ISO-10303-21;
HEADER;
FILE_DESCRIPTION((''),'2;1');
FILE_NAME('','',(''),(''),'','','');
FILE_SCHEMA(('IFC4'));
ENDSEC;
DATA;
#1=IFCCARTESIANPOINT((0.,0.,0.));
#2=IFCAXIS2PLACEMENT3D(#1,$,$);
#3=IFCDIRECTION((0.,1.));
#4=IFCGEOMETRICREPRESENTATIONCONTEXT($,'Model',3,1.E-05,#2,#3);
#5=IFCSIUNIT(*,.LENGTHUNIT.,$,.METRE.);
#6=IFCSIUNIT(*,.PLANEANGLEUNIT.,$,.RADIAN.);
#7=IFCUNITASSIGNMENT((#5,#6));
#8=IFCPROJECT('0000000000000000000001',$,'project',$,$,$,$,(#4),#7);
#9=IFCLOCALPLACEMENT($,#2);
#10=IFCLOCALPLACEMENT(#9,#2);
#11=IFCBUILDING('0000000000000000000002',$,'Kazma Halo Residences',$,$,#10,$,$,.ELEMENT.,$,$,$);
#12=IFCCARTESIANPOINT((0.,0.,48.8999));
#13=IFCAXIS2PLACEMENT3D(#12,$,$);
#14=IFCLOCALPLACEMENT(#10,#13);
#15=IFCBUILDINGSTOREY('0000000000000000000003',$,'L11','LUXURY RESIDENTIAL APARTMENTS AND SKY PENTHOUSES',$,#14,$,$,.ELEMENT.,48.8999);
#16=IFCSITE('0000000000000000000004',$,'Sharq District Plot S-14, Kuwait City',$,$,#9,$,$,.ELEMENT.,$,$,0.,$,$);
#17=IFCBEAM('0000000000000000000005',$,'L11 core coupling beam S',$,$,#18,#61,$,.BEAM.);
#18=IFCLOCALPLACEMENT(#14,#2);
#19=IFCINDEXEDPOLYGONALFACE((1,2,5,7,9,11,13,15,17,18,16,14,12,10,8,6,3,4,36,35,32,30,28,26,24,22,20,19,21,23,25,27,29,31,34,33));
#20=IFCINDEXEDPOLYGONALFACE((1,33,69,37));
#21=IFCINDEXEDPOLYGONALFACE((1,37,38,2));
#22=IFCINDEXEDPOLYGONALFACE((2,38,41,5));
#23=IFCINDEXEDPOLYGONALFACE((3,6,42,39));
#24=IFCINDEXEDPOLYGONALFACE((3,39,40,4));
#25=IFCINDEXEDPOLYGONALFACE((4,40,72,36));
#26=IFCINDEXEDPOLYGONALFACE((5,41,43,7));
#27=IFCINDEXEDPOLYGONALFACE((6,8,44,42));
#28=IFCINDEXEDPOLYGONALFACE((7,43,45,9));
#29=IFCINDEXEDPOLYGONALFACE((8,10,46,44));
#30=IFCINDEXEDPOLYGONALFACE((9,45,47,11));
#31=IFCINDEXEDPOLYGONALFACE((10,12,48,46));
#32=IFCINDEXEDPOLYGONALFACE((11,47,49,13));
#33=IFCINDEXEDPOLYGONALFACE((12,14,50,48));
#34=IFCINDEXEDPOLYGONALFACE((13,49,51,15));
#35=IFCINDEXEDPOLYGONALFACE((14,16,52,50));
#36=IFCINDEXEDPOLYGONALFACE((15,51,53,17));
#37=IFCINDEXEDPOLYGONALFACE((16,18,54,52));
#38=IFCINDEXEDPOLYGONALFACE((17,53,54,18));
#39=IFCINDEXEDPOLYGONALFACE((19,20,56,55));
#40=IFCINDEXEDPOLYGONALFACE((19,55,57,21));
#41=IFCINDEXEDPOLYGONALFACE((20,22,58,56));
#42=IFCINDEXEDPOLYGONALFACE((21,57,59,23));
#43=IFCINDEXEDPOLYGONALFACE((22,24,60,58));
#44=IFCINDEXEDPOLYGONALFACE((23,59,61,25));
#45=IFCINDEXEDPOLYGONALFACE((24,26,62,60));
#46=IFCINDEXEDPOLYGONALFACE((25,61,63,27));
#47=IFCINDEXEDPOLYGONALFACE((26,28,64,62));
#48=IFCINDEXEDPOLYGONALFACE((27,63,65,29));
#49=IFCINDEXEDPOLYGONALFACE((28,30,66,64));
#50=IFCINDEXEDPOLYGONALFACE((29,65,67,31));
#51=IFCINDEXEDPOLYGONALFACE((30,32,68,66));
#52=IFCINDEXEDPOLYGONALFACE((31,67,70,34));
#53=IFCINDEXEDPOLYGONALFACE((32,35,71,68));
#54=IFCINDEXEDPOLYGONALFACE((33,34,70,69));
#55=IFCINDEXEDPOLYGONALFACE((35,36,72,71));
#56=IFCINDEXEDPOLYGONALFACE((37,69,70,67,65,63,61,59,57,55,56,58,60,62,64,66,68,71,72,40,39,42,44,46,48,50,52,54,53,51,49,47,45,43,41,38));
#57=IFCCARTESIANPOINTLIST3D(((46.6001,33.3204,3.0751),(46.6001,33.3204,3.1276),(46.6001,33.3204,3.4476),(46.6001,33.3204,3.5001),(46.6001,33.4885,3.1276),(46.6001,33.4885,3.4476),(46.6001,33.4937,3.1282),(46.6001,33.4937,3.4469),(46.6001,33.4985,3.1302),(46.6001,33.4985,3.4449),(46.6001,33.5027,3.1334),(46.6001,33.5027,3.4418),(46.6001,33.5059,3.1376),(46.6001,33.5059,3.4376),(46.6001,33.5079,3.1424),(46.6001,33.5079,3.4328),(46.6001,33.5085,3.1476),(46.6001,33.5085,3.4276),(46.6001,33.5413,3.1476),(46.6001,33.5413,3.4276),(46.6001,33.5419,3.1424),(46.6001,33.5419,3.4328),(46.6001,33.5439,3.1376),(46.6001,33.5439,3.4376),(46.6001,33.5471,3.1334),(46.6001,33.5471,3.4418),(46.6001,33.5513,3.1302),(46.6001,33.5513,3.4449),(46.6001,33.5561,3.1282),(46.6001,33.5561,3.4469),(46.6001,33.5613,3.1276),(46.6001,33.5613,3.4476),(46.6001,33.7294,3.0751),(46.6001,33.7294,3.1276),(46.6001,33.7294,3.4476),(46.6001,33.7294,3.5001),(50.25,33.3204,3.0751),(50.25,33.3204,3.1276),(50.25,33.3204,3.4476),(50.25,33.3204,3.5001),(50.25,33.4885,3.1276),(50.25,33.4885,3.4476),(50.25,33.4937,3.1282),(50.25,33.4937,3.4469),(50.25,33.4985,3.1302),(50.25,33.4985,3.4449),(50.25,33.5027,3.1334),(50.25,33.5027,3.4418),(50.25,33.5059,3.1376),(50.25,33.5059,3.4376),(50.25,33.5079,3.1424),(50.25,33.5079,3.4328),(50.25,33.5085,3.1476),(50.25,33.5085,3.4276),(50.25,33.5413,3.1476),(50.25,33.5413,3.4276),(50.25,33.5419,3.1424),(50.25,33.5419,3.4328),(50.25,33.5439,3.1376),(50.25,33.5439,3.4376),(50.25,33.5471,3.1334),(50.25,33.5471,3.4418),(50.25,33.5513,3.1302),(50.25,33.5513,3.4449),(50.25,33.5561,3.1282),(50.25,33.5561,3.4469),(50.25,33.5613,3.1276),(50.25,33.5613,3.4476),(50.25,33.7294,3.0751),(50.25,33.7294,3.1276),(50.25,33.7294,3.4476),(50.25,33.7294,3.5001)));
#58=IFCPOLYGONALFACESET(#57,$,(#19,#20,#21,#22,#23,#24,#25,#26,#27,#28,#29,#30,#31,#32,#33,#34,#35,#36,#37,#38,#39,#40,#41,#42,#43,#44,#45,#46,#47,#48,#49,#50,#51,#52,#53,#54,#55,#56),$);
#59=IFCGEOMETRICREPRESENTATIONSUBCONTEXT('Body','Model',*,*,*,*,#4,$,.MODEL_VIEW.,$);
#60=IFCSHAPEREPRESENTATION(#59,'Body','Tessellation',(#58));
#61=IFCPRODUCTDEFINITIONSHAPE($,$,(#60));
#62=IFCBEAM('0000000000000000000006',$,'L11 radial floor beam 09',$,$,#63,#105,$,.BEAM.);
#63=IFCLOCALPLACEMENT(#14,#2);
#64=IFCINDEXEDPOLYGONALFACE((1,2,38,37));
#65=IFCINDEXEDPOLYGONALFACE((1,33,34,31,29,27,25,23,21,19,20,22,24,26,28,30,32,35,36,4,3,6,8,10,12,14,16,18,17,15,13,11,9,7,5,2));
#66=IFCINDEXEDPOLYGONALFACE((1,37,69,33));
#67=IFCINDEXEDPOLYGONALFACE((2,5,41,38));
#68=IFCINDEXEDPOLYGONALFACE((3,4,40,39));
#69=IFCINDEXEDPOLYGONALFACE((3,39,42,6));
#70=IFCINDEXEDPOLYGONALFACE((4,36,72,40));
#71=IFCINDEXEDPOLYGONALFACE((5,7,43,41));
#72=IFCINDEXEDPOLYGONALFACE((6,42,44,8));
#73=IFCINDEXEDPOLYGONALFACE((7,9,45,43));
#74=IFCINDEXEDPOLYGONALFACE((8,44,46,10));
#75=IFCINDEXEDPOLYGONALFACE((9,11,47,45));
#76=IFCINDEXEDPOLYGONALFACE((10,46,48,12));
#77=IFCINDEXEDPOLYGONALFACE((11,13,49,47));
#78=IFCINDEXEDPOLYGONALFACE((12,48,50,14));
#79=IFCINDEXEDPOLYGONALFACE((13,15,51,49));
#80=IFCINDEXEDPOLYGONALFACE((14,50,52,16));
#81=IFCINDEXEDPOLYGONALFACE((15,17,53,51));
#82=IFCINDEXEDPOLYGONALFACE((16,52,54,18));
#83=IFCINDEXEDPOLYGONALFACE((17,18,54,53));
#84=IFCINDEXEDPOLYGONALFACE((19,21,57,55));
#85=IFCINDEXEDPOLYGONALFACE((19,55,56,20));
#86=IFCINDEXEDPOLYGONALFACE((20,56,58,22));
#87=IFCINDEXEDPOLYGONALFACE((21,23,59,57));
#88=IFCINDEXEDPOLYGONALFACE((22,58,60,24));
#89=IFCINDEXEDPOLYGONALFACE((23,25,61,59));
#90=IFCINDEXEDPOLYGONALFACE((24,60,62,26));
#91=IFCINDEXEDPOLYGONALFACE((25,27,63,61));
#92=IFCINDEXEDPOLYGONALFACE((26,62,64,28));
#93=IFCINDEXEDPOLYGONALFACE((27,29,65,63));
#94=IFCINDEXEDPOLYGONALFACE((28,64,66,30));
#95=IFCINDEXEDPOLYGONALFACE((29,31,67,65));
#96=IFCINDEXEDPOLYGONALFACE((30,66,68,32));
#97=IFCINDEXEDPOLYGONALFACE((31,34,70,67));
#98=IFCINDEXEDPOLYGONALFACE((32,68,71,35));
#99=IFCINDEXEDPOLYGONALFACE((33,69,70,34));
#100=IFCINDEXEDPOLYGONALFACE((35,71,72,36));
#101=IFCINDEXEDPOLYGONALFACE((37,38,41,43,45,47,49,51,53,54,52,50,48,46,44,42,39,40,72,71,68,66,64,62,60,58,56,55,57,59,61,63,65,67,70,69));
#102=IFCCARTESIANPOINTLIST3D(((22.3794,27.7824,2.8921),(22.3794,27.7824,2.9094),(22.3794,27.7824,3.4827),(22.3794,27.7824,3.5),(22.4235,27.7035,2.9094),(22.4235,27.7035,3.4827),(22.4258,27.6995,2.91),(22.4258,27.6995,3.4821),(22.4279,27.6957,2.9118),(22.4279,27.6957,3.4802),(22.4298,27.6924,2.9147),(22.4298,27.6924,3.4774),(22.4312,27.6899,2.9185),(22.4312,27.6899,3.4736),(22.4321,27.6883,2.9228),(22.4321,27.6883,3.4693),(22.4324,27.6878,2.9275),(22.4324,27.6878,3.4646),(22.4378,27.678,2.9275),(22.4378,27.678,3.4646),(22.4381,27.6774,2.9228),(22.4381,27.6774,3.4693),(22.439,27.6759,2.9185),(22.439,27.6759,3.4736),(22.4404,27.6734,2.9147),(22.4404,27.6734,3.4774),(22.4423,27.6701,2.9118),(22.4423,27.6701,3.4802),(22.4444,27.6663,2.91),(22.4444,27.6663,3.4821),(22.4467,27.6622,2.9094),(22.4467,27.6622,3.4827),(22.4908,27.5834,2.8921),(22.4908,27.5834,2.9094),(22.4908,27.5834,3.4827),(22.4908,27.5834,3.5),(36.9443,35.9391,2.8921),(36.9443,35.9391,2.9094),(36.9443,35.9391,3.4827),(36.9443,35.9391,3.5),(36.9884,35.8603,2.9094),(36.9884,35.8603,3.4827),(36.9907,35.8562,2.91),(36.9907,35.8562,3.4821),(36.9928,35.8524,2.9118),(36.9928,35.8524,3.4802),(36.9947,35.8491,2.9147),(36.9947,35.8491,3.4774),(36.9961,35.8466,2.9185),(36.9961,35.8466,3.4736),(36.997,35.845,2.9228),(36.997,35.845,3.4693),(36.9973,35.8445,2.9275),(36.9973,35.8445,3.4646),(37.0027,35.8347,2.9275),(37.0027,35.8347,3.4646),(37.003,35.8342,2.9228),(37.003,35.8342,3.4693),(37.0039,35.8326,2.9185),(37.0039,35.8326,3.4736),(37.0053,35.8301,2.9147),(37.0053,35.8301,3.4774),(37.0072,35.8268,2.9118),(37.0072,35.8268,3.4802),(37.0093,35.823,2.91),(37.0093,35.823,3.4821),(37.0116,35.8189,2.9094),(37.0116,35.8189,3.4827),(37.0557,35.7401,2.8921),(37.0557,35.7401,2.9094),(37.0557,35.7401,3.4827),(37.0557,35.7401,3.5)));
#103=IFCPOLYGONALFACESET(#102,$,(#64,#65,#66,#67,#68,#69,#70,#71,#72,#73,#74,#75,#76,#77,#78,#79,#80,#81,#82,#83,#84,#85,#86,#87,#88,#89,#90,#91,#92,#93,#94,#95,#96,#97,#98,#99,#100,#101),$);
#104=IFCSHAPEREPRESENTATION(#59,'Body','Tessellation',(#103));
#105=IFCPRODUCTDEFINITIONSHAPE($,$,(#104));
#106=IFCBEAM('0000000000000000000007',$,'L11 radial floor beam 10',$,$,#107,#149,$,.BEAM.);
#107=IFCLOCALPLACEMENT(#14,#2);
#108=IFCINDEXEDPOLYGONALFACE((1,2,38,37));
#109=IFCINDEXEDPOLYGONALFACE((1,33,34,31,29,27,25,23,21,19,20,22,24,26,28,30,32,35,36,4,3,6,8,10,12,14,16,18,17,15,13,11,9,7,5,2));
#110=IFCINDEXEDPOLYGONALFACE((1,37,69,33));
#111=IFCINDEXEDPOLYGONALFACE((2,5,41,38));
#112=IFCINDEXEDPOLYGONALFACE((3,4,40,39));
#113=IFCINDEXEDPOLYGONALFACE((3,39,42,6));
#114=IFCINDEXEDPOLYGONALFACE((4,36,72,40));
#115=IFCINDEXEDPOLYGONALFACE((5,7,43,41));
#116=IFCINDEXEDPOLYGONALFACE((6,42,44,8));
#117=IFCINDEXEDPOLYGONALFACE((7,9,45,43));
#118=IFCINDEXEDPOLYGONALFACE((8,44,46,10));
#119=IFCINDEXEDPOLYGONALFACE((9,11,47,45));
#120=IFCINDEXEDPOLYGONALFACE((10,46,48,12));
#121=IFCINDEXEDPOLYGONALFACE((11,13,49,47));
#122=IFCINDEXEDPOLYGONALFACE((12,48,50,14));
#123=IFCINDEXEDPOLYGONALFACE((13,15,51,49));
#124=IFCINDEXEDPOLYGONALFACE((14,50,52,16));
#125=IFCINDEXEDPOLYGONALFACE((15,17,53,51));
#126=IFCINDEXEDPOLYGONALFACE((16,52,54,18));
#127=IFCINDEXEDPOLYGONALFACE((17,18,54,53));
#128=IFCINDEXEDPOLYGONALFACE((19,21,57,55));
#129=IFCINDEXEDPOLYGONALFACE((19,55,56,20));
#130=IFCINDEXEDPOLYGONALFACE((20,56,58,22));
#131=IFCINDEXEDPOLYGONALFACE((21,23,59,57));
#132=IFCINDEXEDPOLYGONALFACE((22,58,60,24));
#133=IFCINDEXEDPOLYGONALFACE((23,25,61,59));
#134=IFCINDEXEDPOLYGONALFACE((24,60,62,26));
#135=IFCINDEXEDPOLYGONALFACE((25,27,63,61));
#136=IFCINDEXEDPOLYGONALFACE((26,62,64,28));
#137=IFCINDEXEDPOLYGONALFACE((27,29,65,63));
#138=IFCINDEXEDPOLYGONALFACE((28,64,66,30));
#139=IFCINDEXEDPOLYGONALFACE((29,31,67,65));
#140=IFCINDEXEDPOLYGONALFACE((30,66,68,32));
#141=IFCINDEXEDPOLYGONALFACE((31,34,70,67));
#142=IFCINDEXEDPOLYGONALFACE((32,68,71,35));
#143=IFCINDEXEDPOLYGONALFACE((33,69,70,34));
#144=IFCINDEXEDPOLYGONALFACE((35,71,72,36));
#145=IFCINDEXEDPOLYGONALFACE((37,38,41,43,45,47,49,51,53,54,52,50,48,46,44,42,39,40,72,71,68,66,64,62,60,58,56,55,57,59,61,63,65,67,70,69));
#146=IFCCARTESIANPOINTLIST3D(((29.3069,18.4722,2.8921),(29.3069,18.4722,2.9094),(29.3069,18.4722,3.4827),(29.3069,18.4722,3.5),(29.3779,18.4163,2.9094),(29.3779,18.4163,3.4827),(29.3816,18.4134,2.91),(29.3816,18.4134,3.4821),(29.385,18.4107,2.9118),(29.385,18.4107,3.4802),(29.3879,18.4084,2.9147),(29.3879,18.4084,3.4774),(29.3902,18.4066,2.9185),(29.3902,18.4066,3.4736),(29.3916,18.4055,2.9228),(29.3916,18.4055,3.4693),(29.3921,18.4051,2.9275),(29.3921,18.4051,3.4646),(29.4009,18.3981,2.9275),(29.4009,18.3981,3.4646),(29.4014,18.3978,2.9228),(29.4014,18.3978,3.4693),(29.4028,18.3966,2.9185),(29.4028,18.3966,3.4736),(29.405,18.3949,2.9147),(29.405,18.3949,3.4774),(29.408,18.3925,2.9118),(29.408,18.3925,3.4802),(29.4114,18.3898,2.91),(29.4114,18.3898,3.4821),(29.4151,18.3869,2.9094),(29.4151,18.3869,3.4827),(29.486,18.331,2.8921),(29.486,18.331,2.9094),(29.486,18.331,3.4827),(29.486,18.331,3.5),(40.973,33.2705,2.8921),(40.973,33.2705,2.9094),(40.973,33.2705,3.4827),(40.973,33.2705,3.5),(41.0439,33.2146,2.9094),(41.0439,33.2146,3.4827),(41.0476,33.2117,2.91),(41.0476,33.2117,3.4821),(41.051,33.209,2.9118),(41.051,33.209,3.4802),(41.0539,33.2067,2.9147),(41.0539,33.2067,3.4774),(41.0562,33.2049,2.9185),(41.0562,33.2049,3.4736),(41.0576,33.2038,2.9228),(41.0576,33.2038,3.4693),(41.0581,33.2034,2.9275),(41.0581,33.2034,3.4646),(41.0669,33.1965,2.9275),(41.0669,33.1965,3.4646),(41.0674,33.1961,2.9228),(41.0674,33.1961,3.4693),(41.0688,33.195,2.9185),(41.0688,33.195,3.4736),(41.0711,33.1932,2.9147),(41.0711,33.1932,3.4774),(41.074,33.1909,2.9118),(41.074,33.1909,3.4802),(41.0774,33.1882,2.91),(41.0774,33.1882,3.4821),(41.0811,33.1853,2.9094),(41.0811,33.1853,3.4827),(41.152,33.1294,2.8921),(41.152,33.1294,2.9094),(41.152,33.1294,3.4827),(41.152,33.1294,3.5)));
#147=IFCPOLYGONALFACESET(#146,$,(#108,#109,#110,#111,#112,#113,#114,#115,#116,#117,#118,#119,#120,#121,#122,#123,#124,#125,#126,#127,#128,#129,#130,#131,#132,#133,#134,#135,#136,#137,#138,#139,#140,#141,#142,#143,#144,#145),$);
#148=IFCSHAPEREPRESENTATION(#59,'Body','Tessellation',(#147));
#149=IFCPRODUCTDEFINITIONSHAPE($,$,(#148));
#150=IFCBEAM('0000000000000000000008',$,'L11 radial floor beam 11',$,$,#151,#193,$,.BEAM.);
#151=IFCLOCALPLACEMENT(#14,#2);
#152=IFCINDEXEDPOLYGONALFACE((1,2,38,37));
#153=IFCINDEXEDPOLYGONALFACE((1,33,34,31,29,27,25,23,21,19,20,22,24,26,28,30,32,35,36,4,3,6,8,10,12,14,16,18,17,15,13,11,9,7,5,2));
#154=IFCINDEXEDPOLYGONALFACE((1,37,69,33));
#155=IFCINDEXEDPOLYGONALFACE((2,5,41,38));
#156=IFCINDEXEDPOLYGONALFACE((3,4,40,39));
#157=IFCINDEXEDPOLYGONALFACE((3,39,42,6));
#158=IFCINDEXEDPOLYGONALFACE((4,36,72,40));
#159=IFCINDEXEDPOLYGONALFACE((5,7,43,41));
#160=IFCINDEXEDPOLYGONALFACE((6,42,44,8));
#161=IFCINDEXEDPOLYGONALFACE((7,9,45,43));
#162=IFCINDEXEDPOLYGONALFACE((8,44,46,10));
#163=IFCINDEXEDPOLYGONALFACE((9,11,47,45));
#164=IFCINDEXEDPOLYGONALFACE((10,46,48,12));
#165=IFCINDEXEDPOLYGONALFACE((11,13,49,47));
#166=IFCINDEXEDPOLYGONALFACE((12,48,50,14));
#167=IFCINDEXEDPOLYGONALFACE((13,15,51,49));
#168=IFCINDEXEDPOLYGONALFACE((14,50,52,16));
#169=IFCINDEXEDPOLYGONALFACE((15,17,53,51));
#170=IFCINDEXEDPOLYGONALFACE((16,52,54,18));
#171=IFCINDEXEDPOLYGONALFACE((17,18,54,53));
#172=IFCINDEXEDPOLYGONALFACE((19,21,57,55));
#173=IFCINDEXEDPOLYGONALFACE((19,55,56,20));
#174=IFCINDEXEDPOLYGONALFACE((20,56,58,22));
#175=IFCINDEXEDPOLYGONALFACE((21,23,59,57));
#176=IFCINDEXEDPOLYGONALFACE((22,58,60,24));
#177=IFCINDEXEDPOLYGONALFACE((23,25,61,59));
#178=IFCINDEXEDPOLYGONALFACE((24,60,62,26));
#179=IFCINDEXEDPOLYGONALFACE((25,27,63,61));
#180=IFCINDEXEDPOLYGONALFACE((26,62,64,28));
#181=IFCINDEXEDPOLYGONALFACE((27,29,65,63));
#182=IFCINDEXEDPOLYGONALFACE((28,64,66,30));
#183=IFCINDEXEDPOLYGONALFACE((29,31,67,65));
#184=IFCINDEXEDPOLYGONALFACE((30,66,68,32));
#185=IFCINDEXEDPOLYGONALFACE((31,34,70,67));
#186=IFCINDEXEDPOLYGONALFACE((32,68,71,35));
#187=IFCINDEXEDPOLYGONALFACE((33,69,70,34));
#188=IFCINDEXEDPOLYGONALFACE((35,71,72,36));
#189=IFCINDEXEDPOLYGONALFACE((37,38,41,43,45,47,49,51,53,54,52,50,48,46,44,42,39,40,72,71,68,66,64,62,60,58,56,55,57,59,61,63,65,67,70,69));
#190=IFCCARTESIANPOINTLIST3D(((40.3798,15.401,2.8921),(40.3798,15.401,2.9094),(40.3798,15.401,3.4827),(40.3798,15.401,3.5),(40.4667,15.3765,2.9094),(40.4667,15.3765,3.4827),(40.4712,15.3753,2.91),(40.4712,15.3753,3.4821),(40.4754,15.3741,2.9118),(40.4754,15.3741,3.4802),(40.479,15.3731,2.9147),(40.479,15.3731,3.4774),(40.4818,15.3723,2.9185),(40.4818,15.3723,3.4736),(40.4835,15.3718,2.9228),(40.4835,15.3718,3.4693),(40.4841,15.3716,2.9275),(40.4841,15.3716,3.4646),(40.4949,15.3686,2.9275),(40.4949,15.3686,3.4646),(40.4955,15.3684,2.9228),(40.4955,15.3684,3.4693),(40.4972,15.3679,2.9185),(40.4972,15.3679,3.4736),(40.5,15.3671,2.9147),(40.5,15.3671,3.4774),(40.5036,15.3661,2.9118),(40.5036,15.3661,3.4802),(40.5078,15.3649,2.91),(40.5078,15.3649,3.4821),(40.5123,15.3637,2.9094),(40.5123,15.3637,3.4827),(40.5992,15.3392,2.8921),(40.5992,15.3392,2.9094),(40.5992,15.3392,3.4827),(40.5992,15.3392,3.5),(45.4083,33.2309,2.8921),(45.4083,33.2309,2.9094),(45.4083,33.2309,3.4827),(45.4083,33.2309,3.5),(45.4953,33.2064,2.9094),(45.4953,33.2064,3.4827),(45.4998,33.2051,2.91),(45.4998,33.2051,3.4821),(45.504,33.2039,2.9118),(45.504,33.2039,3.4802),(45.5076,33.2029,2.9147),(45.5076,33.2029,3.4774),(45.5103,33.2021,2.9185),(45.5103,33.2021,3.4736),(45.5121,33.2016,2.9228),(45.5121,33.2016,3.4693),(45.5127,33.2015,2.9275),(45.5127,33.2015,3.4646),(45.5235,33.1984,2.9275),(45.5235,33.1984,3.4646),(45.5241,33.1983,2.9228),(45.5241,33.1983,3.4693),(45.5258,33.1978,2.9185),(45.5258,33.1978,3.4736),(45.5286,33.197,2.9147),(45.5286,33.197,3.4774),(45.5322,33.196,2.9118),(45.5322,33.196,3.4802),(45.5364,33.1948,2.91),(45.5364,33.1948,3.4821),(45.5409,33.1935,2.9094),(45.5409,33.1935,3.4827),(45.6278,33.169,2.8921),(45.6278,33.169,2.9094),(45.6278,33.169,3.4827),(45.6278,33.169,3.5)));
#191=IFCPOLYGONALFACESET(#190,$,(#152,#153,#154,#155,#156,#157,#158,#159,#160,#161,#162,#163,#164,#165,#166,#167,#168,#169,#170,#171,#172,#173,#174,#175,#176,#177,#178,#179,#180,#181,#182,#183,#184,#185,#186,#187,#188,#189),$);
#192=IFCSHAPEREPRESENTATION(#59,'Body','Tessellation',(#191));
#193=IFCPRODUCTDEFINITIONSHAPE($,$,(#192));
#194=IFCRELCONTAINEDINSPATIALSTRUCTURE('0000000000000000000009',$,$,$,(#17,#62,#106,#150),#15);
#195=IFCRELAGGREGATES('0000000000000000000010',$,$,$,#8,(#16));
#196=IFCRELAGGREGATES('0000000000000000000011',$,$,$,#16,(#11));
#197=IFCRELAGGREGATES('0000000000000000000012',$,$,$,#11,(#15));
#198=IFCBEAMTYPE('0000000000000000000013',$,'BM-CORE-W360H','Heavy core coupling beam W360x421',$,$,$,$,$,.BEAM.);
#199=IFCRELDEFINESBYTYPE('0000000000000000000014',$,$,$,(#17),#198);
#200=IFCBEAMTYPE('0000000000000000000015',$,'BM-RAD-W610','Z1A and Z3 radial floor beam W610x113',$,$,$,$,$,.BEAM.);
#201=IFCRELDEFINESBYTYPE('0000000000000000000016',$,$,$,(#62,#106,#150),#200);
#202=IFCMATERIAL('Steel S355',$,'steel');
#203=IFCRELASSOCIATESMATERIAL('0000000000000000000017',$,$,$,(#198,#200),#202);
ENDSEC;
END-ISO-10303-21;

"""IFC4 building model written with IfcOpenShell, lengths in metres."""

from ifc_helpers import new_model, si_unit, direction, frame, origin, origin_2d, place, context, subcontext, project, spatial, i_section, extrude, material, material_profile, profile_set, type_object, element, save


model = new_model("IFC4")

# Units and contexts
model_context = context("Model", 3, precision=1e-05, world=origin(), true_north=direction((0.0, 1.0)))
body_context = subcontext(model_context, "Body", "Model", "MODEL_VIEW")
ifc_project = project(units=[si_unit("LENGTHUNIT", "METRE"), si_unit("PLANEANGLEUNIT", "RADIAN")], contexts=[model_context])

# Site, building, storey
site_placement = place(None, origin())
site = spatial("IfcSite", under=ifc_project, at=site_placement, Name="Sharq District Plot S-14, Kuwait City", CompositionType="ELEMENT", RefElevation=0.0)
building_placement = place(site_placement, origin())
building = spatial("IfcBuilding", under=site, at=building_placement, Name="Kazma Halo Residences", CompositionType="ELEMENT")
storey_placement = place(building_placement, frame((0.0, 0.0, 48.8999)))
storey = spatial("IfcBuildingStorey", under=building, at=storey_placement, Name="L11", Description="LUXURY RESIDENTIAL APARTMENTS AND SKY PENTHOUSES", CompositionType="ELEMENT", Elevation=48.8999)

# Beams
ifc_material_1 = material(Name="Steel S355", Category="steel")
ifc_material_profile_1 = material_profile(ifc_material_1, i_section(OverallWidth=0.4089, OverallDepth=0.425, WebThickness=0.0327, FlangeThickness=0.0525, FilletRadius=0.02, at=origin_2d()), Name="W360x421")
ifc_profile_set_1 = profile_set([ifc_material_profile_1], Name="Steel S355")
beam_type_1 = type_object("IfcBeamType", Name="BM-CORE-W360H", Description="Heavy core coupling beam W360x421", PredefinedType="BEAM", material=ifc_profile_set_1)
beam_1_placement = place(storey_placement, frame((46.6001, 33.5249, 3.2876), z_axis=(1.0, 0.0, 0.0), x_axis=(0.0, 1.0, 0.0)))
element("IfcBeam", 1, at=beam_1_placement, inside=storey, type_object=beam_type_1, Name="L11 core coupling beam S", PredefinedType="BEAM", context=body_context, shape_type="SweptSolid", body=[
    extrude(i_section(OverallWidth=0.4089, OverallDepth=0.425, WebThickness=0.0327, FlangeThickness=0.0525, FilletRadius=0.02, at=origin_2d()), origin(), (0.0, 0.0, 1.0), 3.6499),
])
ifc_material_profile_2 = material_profile(ifc_material_1, i_section(OverallWidth=0.228, OverallDepth=0.6079, WebThickness=0.0112, FlangeThickness=0.0173, FilletRadius=0.0181, at=origin_2d()), Name="W610x113")
ifc_profile_set_2 = profile_set([ifc_material_profile_2], Name="Steel S355")
beam_type_2 = type_object("IfcBeamType", Name="BM-RAD-W610", Description="Z1A and Z3 radial floor beam W610x113", PredefinedType="BEAM", material=ifc_profile_set_2)
beam_2_placement = place(storey_placement, frame((37.0, 35.8396, 3.196), z_axis=(-0.872497, -0.48862, 0.0), x_axis=(0.48862, -0.872497, 0.0)))
element("IfcBeam", 2, at=beam_2_placement, inside=storey, type_object=beam_type_2, Name="L11 radial floor beam 09", PredefinedType="BEAM", context=body_context, shape_type="SweptSolid", body=[
    extrude(i_section(OverallWidth=0.228, OverallDepth=0.6079, WebThickness=0.0112, FlangeThickness=0.0173, FilletRadius=0.0181, at=origin_2d()), origin(), (0.0, 0.0, 1.0), 16.6934),
])
beam_3_placement = place(storey_placement, frame((41.0625, 33.2, 3.196), z_axis=(-0.619092, -0.785318, 0.0), x_axis=(0.785318, -0.619092, 0.0)))
element("IfcBeam", 3, at=beam_3_placement, inside=storey, type_object=beam_type_2, Name="L11 radial floor beam 10", PredefinedType="BEAM", context=body_context, shape_type="SweptSolid", body=[
    extrude(i_section(OverallWidth=0.228, OverallDepth=0.6079, WebThickness=0.0112, FlangeThickness=0.0173, FilletRadius=0.0181, at=origin_2d()), origin(), (0.0, 0.0, 1.0), 18.8438),
])
beam_4_placement = place(storey_placement, frame((45.5181, 33.2, 3.196), z_axis=(-0.271442, -0.962455, 0.0), x_axis=(0.962455, -0.271442, 0.0)))
element("IfcBeam", 4, at=beam_4_placement, inside=storey, type_object=beam_type_2, Name="L11 radial floor beam 11", PredefinedType="BEAM", context=body_context, shape_type="SweptSolid", body=[
    extrude(i_section(OverallWidth=0.228, OverallDepth=0.6079, WebThickness=0.0112, FlangeThickness=0.0173, FilletRadius=0.0181, at=origin_2d()), origin(), (0.0, 0.0, 1.0), 18.5254),
])

save(model, "model.ifc")
